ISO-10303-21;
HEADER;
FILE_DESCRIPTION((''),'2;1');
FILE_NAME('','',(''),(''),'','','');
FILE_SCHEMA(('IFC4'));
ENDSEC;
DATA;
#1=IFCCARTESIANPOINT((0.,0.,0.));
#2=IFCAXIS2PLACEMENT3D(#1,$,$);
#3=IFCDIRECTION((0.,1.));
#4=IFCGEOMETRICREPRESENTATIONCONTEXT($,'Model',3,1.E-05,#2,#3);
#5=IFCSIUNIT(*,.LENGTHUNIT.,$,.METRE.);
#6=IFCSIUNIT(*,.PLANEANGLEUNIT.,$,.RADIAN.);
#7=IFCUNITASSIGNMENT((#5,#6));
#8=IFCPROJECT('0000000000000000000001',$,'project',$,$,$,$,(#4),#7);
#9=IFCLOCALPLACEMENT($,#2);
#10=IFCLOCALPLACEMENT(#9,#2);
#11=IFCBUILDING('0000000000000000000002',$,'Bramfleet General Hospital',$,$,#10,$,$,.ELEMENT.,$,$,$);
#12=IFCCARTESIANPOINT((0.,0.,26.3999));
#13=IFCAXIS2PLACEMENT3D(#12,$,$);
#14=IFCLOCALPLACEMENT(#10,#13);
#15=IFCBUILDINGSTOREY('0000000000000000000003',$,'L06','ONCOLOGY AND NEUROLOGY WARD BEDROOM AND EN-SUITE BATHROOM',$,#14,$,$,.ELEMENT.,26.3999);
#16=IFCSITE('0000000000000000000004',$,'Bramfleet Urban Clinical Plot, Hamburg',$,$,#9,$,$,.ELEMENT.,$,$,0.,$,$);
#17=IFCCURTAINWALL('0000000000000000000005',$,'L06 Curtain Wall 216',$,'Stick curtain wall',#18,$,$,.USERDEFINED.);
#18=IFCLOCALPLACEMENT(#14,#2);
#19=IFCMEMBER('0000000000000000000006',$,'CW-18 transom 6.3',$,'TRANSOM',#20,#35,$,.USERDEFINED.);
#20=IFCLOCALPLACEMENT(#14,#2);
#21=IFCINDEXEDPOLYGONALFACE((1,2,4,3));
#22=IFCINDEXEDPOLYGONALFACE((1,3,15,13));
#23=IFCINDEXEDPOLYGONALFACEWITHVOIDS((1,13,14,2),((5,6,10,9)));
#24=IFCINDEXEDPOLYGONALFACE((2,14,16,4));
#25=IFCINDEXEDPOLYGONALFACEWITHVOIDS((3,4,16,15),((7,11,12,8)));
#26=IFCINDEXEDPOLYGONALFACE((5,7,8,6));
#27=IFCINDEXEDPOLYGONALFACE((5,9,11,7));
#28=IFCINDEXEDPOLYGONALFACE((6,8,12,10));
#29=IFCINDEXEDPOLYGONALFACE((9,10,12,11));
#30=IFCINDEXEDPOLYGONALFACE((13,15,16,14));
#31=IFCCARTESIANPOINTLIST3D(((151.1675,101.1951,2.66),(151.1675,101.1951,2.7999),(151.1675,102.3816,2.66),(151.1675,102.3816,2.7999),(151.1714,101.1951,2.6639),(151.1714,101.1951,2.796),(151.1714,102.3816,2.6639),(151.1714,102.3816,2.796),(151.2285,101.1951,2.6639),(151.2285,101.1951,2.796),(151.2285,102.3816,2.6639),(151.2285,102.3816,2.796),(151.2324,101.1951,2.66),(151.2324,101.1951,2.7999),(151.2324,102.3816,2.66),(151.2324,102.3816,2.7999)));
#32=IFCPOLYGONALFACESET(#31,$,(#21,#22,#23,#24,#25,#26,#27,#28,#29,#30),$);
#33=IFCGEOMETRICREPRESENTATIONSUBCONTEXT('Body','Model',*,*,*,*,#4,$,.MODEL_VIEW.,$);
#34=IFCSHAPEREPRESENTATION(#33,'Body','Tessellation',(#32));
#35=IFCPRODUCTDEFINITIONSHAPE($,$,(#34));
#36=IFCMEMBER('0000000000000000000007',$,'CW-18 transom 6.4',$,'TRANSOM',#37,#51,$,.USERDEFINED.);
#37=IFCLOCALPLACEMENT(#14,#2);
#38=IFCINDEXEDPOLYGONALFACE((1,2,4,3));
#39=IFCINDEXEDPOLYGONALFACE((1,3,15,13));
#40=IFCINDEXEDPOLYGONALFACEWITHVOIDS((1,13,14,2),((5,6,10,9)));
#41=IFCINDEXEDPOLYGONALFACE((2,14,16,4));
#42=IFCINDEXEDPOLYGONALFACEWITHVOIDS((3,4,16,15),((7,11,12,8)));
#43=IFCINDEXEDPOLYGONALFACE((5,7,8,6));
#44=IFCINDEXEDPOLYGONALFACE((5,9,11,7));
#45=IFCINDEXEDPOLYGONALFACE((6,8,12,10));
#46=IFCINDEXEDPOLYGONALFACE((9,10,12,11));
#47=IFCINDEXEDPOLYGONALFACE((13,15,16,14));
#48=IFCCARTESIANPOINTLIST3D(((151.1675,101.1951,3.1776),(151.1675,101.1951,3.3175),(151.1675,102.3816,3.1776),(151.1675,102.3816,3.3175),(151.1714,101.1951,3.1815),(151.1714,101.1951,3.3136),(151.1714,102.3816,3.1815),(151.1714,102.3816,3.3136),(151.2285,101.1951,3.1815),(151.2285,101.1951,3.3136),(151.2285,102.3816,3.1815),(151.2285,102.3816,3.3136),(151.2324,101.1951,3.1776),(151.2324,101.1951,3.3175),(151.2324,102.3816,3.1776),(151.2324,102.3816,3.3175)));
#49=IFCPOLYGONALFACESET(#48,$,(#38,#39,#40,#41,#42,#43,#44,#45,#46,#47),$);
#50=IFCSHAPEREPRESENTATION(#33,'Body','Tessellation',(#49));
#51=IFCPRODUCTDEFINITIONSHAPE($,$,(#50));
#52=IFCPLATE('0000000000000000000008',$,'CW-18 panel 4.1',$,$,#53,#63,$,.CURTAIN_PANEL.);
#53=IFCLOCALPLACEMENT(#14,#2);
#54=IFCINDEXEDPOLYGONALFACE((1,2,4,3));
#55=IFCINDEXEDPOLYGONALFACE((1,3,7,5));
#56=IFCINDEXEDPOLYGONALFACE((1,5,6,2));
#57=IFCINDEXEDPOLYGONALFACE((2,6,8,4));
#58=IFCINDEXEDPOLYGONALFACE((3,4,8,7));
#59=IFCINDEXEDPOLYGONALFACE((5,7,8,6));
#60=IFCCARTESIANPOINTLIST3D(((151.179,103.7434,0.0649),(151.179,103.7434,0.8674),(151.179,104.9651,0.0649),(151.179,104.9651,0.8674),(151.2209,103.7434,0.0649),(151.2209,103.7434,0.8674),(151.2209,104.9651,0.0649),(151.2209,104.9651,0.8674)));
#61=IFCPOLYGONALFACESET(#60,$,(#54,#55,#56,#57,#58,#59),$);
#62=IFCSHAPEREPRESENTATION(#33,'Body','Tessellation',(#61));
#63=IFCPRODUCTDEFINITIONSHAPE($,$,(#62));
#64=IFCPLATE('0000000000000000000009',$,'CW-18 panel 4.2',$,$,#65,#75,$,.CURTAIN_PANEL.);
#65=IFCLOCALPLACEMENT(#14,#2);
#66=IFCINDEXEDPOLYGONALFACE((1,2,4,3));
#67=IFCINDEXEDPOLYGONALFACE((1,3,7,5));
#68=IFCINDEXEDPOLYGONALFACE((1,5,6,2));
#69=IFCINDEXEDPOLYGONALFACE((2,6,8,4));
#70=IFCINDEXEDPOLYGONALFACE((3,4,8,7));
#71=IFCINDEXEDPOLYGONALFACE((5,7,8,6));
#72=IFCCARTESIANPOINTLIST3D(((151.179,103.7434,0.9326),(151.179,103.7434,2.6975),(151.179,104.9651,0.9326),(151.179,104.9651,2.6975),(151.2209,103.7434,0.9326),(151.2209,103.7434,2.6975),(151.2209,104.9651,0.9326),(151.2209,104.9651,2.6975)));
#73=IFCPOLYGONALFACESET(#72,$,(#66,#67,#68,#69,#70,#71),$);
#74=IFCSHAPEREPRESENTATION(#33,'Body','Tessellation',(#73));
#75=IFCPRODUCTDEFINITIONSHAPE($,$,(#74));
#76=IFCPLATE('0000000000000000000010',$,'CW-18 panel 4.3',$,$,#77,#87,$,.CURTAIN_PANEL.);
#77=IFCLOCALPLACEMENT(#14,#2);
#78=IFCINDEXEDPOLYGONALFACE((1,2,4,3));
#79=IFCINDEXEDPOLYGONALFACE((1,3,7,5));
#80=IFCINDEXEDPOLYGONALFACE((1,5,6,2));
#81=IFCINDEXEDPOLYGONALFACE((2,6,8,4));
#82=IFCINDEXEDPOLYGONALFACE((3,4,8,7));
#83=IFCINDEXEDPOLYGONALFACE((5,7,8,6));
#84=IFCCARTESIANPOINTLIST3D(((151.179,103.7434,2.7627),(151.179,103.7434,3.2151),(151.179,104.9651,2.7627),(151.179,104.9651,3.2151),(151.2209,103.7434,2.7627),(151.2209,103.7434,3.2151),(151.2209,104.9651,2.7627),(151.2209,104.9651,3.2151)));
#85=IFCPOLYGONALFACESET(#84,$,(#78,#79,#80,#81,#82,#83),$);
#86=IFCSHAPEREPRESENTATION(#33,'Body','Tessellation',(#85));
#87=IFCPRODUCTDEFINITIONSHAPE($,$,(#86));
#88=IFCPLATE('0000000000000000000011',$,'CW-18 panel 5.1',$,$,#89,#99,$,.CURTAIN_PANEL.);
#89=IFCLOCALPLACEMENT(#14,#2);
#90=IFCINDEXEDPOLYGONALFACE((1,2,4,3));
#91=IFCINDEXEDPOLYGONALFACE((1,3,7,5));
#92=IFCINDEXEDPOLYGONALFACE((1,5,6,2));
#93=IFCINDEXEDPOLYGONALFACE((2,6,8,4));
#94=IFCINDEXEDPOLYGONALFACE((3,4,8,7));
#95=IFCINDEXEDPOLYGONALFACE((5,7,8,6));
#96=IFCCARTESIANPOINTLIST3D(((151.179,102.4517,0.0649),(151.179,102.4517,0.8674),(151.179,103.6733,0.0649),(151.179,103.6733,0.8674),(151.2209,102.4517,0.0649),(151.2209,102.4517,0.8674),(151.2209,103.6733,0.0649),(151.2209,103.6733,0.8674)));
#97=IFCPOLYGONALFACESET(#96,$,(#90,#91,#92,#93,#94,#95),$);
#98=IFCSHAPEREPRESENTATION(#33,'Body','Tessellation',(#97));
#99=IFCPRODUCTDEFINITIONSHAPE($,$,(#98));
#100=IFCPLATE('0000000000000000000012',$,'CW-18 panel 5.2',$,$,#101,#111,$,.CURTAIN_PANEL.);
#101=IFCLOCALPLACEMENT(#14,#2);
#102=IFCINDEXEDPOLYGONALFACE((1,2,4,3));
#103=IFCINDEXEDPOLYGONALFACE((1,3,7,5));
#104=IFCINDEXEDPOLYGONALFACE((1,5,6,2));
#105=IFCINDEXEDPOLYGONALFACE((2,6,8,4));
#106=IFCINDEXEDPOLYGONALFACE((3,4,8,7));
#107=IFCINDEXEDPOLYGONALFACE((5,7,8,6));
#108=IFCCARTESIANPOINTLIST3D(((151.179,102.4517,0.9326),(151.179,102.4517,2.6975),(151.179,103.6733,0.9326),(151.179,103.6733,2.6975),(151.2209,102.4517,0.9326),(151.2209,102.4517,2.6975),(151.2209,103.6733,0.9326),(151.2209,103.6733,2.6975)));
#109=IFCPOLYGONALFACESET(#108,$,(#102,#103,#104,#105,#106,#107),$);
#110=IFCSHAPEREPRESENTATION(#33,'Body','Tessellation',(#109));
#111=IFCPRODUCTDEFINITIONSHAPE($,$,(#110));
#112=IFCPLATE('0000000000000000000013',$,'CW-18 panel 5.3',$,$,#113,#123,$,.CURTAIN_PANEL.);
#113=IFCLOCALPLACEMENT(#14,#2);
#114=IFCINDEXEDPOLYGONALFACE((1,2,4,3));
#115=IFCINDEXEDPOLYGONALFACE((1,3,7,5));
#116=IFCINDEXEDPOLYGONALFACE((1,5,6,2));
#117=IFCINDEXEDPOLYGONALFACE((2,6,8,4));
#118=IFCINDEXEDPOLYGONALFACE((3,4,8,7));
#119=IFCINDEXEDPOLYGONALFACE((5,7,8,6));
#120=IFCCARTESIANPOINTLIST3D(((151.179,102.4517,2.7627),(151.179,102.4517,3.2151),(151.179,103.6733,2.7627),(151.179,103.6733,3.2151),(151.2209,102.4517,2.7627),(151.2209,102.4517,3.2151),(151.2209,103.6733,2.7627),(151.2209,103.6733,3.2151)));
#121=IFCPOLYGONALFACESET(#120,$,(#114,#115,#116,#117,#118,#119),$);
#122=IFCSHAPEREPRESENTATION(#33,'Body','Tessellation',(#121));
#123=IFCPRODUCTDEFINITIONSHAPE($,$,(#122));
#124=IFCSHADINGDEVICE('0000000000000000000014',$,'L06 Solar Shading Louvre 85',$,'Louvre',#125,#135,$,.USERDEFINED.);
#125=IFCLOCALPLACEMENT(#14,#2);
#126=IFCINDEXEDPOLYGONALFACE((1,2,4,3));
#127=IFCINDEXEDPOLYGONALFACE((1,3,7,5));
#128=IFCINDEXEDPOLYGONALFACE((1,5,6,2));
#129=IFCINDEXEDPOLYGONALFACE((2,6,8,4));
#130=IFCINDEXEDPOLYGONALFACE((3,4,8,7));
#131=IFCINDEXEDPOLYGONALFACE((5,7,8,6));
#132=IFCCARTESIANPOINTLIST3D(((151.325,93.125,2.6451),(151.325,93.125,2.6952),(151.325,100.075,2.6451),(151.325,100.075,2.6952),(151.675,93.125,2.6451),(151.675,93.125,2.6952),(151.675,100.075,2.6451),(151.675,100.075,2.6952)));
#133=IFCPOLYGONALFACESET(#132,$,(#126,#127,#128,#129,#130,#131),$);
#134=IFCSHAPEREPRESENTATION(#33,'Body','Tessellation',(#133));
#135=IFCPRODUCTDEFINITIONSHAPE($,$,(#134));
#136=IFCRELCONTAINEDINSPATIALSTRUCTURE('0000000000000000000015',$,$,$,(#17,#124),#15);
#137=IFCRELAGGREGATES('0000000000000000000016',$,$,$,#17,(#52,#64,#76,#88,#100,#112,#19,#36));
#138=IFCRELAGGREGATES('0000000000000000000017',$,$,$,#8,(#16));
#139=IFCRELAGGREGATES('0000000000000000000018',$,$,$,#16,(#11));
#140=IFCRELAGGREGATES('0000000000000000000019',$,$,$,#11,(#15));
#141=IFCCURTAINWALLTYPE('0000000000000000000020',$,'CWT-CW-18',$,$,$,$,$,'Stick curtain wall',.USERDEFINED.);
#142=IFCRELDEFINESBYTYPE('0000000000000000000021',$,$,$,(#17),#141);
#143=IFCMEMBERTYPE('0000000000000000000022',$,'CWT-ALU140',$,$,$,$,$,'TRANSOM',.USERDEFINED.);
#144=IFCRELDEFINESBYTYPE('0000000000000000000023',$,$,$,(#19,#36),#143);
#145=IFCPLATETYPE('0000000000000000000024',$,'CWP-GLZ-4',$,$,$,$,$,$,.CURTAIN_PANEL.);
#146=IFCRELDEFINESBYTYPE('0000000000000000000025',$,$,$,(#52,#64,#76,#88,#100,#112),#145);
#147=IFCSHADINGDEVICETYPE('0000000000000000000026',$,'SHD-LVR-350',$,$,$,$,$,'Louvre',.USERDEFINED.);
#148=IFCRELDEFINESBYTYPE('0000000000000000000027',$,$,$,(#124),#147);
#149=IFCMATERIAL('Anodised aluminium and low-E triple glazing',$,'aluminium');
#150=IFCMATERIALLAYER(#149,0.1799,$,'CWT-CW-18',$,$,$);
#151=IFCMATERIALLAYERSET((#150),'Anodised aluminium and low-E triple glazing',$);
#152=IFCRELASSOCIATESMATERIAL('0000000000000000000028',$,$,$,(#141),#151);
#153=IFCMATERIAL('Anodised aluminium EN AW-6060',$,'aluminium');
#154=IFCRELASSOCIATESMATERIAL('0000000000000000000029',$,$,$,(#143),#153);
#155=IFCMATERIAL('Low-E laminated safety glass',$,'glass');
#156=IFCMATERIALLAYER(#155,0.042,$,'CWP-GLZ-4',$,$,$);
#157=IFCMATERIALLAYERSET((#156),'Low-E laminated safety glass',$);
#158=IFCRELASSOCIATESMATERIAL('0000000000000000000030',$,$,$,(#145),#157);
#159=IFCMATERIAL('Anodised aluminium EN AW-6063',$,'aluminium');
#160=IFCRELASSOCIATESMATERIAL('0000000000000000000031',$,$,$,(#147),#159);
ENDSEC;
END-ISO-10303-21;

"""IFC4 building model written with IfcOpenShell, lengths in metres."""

from ifc_helpers import new_model, si_unit, direction, frame, origin, origin_2d, place, context, subcontext, project, spatial, rectangle, hollow_rectangle, extrude, material, layer, layer_set, material_profile, profile_set, type_object, element, aggregate, save


model = new_model("IFC4")

# Units and contexts
model_context = context("Model", 3, precision=1e-05, world=origin(), true_north=direction((0.0, 1.0)))
body_context = subcontext(model_context, "Body", "Model", "MODEL_VIEW")
ifc_project = project(units=[si_unit("LENGTHUNIT", "METRE"), si_unit("PLANEANGLEUNIT", "RADIAN")], contexts=[model_context])

# Site, building, storey
site_placement = place(None, origin())
site = spatial("IfcSite", under=ifc_project, at=site_placement, Name="Bramfleet Urban Clinical Plot, Hamburg", CompositionType="ELEMENT", RefElevation=0.0)
building_placement = place(site_placement, origin())
building = spatial("IfcBuilding", under=site, at=building_placement, Name="Bramfleet General Hospital", CompositionType="ELEMENT")
storey_placement = place(building_placement, frame((0.0, 0.0, 26.3999)))
storey = spatial("IfcBuildingStorey", under=building, at=storey_placement, Name="L06", Description="ONCOLOGY AND NEUROLOGY WARD BEDROOM AND EN-SUITE BATHROOM", CompositionType="ELEMENT", Elevation=26.3999)

# Curtain wall, members, plates
ifc_material_1 = material(Name="Anodised aluminium and low-E triple glazing", Category="aluminium")
ifc_layer_1 = layer(ifc_material_1, 0.1799, Name="CWT-CW-18")
ifc_layer_set_1 = layer_set([ifc_layer_1], Name="Anodised aluminium and low-E triple glazing")
curtain_wall_type = type_object("IfcCurtainWallType", Name="CWT-CW-18", ElementType="Stick curtain wall", PredefinedType="USERDEFINED", material=ifc_layer_set_1)
curtain_wall_placement = place(storey_placement, origin())
curtain_wall = element("IfcCurtainWall", 1, at=curtain_wall_placement, inside=storey, type_object=curtain_wall_type, Name="L06 Curtain Wall 216", ObjectType="Stick curtain wall", PredefinedType="USERDEFINED")
ifc_material_2 = material(Name="Anodised aluminium EN AW-6060", Category="aluminium")
ifc_material_profile_1 = material_profile(ifc_material_2, hollow_rectangle(XDim=0.0649, YDim=0.1399, WallThickness=0.0039, at=origin_2d()), Name="ALU 140x65x4.0")
ifc_profile_set_1 = profile_set([ifc_material_profile_1], Name="Anodised aluminium EN AW-6060")
member_type_1 = type_object("IfcMemberType", Name="CWT-ALU140", ElementType="TRANSOM", PredefinedType="USERDEFINED", material=ifc_profile_set_1)
member_1_placement = place(storey_placement, frame((151.2, 102.3816, 2.73), z_axis=(0.0, -1.0, 0.0), x_axis=(1.0, 0.0, 0.0)))
member_1 = element("IfcMember", 2, at=member_1_placement, type_object=member_type_1, Name="CW-18 transom 6.3", ObjectType="TRANSOM", PredefinedType="USERDEFINED", context=body_context, shape_type="SweptSolid", body=[
    extrude(hollow_rectangle(XDim=0.0649, YDim=0.1399, WallThickness=0.0039, at=origin_2d()), origin(), (0.0, 0.0, 1.0), 1.1865),
])
member_2_placement = place(storey_placement, frame((151.2, 102.3816, 3.2476), z_axis=(0.0, -1.0, 0.0), x_axis=(1.0, 0.0, 0.0)))
member_2 = element("IfcMember", 3, at=member_2_placement, type_object=member_type_1, Name="CW-18 transom 6.4", ObjectType="TRANSOM", PredefinedType="USERDEFINED", context=body_context, shape_type="SweptSolid", body=[
    extrude(hollow_rectangle(XDim=0.0649, YDim=0.1399, WallThickness=0.0039, at=origin_2d()), origin(), (0.0, 0.0, 1.0), 1.1865),
])
ifc_material_3 = material(Name="Low-E laminated safety glass", Category="glass")
ifc_layer_2 = layer(ifc_material_3, 0.042, Name="CWP-GLZ-4")
ifc_layer_set_2 = layer_set([ifc_layer_2], Name="Low-E laminated safety glass")
plate_type = type_object("IfcPlateType", Name="CWP-GLZ-4", PredefinedType="CURTAIN_PANEL", material=ifc_layer_set_2)
plate_1_placement = place(storey_placement, frame((151.2, 104.3542, 0.0649), z_axis=(0.0, 0.0, 1.0), x_axis=(0.0, -1.0, 0.0)))
plate_1 = element("IfcPlate", 4, at=plate_1_placement, type_object=plate_type, Name="CW-18 panel 4.1", PredefinedType="CURTAIN_PANEL", context=body_context, shape_type="SweptSolid", body=[
    extrude(rectangle(XDim=1.2217, YDim=0.042, at=origin_2d()), origin(), (0.0, 0.0, 1.0), 0.8025),
])
plate_2_placement = place(storey_placement, frame((151.2, 104.3542, 0.9326), z_axis=(0.0, 0.0, 1.0), x_axis=(0.0, -1.0, 0.0)))
plate_2 = element("IfcPlate", 5, at=plate_2_placement, type_object=plate_type, Name="CW-18 panel 4.2", PredefinedType="CURTAIN_PANEL", context=body_context, shape_type="SweptSolid", body=[
    extrude(rectangle(XDim=1.2217, YDim=0.042, at=origin_2d()), origin(), (0.0, 0.0, 1.0), 1.7649),
])
plate_3_placement = place(storey_placement, frame((151.2, 104.3542, 2.7627), z_axis=(0.0, 0.0, 1.0), x_axis=(0.0, -1.0, 0.0)))
plate_3 = element("IfcPlate", 6, at=plate_3_placement, type_object=plate_type, Name="CW-18 panel 4.3", PredefinedType="CURTAIN_PANEL", context=body_context, shape_type="SweptSolid", body=[
    extrude(rectangle(XDim=1.2217, YDim=0.042, at=origin_2d()), origin(), (0.0, 0.0, 1.0), 0.4524),
])
plate_4_placement = place(storey_placement, frame((151.2, 103.0625, 0.0649), z_axis=(0.0, 0.0, 1.0), x_axis=(0.0, -1.0, 0.0)))
plate_4 = element("IfcPlate", 7, at=plate_4_placement, type_object=plate_type, Name="CW-18 panel 5.1", PredefinedType="CURTAIN_PANEL", context=body_context, shape_type="SweptSolid", body=[
    extrude(rectangle(XDim=1.2217, YDim=0.042, at=origin_2d()), origin(), (0.0, 0.0, 1.0), 0.8025),
])
plate_5_placement = place(storey_placement, frame((151.2, 103.0625, 0.9326), z_axis=(0.0, 0.0, 1.0), x_axis=(0.0, -1.0, 0.0)))
plate_5 = element("IfcPlate", 8, at=plate_5_placement, type_object=plate_type, Name="CW-18 panel 5.2", PredefinedType="CURTAIN_PANEL", context=body_context, shape_type="SweptSolid", body=[
    extrude(rectangle(XDim=1.2217, YDim=0.042, at=origin_2d()), origin(), (0.0, 0.0, 1.0), 1.7649),
])
plate_6_placement = place(storey_placement, frame((151.2, 103.0625, 2.7627), z_axis=(0.0, 0.0, 1.0), x_axis=(0.0, -1.0, 0.0)))
plate_6 = element("IfcPlate", 9, at=plate_6_placement, type_object=plate_type, Name="CW-18 panel 5.3", PredefinedType="CURTAIN_PANEL", context=body_context, shape_type="SweptSolid", body=[
    extrude(rectangle(XDim=1.2217, YDim=0.042, at=origin_2d()), origin(), (0.0, 0.0, 1.0), 0.4524),
])
aggregate(curtain_wall, [plate_1, plate_2, plate_3, plate_4, plate_5, plate_6, member_1, member_2])

# Shading device
ifc_material_4 = material(Name="Anodised aluminium EN AW-6063", Category="aluminium")
ifc_material_profile_2 = material_profile(ifc_material_4, rectangle(XDim=0.05, YDim=0.3501, at=origin_2d()), Name="ALU LOUVRE 350x50")
ifc_profile_set_2 = profile_set([ifc_material_profile_2], Name="Anodised aluminium EN AW-6063")
shading_device_type = type_object("IfcShadingDeviceType", Name="SHD-LVR-350", ElementType="Louvre", PredefinedType="USERDEFINED", material=ifc_profile_set_2)
shading_device_placement = place(storey_placement, frame((151.5, 100.075, 2.6702), z_axis=(0.0, -1.0, 0.0), x_axis=(0.0, 0.0, 1.0)))
element("IfcShadingDevice", 10, at=shading_device_placement, inside=storey, type_object=shading_device_type, Name="L06 Solar Shading Louvre 85", ObjectType="Louvre", PredefinedType="USERDEFINED", context=body_context, shape_type="SweptSolid", body=[
    extrude(rectangle(XDim=0.05, YDim=0.3501, at=origin_2d()), origin(), (0.0, 0.0, 1.0), 6.95),
])

save(model, "model.ifc")
